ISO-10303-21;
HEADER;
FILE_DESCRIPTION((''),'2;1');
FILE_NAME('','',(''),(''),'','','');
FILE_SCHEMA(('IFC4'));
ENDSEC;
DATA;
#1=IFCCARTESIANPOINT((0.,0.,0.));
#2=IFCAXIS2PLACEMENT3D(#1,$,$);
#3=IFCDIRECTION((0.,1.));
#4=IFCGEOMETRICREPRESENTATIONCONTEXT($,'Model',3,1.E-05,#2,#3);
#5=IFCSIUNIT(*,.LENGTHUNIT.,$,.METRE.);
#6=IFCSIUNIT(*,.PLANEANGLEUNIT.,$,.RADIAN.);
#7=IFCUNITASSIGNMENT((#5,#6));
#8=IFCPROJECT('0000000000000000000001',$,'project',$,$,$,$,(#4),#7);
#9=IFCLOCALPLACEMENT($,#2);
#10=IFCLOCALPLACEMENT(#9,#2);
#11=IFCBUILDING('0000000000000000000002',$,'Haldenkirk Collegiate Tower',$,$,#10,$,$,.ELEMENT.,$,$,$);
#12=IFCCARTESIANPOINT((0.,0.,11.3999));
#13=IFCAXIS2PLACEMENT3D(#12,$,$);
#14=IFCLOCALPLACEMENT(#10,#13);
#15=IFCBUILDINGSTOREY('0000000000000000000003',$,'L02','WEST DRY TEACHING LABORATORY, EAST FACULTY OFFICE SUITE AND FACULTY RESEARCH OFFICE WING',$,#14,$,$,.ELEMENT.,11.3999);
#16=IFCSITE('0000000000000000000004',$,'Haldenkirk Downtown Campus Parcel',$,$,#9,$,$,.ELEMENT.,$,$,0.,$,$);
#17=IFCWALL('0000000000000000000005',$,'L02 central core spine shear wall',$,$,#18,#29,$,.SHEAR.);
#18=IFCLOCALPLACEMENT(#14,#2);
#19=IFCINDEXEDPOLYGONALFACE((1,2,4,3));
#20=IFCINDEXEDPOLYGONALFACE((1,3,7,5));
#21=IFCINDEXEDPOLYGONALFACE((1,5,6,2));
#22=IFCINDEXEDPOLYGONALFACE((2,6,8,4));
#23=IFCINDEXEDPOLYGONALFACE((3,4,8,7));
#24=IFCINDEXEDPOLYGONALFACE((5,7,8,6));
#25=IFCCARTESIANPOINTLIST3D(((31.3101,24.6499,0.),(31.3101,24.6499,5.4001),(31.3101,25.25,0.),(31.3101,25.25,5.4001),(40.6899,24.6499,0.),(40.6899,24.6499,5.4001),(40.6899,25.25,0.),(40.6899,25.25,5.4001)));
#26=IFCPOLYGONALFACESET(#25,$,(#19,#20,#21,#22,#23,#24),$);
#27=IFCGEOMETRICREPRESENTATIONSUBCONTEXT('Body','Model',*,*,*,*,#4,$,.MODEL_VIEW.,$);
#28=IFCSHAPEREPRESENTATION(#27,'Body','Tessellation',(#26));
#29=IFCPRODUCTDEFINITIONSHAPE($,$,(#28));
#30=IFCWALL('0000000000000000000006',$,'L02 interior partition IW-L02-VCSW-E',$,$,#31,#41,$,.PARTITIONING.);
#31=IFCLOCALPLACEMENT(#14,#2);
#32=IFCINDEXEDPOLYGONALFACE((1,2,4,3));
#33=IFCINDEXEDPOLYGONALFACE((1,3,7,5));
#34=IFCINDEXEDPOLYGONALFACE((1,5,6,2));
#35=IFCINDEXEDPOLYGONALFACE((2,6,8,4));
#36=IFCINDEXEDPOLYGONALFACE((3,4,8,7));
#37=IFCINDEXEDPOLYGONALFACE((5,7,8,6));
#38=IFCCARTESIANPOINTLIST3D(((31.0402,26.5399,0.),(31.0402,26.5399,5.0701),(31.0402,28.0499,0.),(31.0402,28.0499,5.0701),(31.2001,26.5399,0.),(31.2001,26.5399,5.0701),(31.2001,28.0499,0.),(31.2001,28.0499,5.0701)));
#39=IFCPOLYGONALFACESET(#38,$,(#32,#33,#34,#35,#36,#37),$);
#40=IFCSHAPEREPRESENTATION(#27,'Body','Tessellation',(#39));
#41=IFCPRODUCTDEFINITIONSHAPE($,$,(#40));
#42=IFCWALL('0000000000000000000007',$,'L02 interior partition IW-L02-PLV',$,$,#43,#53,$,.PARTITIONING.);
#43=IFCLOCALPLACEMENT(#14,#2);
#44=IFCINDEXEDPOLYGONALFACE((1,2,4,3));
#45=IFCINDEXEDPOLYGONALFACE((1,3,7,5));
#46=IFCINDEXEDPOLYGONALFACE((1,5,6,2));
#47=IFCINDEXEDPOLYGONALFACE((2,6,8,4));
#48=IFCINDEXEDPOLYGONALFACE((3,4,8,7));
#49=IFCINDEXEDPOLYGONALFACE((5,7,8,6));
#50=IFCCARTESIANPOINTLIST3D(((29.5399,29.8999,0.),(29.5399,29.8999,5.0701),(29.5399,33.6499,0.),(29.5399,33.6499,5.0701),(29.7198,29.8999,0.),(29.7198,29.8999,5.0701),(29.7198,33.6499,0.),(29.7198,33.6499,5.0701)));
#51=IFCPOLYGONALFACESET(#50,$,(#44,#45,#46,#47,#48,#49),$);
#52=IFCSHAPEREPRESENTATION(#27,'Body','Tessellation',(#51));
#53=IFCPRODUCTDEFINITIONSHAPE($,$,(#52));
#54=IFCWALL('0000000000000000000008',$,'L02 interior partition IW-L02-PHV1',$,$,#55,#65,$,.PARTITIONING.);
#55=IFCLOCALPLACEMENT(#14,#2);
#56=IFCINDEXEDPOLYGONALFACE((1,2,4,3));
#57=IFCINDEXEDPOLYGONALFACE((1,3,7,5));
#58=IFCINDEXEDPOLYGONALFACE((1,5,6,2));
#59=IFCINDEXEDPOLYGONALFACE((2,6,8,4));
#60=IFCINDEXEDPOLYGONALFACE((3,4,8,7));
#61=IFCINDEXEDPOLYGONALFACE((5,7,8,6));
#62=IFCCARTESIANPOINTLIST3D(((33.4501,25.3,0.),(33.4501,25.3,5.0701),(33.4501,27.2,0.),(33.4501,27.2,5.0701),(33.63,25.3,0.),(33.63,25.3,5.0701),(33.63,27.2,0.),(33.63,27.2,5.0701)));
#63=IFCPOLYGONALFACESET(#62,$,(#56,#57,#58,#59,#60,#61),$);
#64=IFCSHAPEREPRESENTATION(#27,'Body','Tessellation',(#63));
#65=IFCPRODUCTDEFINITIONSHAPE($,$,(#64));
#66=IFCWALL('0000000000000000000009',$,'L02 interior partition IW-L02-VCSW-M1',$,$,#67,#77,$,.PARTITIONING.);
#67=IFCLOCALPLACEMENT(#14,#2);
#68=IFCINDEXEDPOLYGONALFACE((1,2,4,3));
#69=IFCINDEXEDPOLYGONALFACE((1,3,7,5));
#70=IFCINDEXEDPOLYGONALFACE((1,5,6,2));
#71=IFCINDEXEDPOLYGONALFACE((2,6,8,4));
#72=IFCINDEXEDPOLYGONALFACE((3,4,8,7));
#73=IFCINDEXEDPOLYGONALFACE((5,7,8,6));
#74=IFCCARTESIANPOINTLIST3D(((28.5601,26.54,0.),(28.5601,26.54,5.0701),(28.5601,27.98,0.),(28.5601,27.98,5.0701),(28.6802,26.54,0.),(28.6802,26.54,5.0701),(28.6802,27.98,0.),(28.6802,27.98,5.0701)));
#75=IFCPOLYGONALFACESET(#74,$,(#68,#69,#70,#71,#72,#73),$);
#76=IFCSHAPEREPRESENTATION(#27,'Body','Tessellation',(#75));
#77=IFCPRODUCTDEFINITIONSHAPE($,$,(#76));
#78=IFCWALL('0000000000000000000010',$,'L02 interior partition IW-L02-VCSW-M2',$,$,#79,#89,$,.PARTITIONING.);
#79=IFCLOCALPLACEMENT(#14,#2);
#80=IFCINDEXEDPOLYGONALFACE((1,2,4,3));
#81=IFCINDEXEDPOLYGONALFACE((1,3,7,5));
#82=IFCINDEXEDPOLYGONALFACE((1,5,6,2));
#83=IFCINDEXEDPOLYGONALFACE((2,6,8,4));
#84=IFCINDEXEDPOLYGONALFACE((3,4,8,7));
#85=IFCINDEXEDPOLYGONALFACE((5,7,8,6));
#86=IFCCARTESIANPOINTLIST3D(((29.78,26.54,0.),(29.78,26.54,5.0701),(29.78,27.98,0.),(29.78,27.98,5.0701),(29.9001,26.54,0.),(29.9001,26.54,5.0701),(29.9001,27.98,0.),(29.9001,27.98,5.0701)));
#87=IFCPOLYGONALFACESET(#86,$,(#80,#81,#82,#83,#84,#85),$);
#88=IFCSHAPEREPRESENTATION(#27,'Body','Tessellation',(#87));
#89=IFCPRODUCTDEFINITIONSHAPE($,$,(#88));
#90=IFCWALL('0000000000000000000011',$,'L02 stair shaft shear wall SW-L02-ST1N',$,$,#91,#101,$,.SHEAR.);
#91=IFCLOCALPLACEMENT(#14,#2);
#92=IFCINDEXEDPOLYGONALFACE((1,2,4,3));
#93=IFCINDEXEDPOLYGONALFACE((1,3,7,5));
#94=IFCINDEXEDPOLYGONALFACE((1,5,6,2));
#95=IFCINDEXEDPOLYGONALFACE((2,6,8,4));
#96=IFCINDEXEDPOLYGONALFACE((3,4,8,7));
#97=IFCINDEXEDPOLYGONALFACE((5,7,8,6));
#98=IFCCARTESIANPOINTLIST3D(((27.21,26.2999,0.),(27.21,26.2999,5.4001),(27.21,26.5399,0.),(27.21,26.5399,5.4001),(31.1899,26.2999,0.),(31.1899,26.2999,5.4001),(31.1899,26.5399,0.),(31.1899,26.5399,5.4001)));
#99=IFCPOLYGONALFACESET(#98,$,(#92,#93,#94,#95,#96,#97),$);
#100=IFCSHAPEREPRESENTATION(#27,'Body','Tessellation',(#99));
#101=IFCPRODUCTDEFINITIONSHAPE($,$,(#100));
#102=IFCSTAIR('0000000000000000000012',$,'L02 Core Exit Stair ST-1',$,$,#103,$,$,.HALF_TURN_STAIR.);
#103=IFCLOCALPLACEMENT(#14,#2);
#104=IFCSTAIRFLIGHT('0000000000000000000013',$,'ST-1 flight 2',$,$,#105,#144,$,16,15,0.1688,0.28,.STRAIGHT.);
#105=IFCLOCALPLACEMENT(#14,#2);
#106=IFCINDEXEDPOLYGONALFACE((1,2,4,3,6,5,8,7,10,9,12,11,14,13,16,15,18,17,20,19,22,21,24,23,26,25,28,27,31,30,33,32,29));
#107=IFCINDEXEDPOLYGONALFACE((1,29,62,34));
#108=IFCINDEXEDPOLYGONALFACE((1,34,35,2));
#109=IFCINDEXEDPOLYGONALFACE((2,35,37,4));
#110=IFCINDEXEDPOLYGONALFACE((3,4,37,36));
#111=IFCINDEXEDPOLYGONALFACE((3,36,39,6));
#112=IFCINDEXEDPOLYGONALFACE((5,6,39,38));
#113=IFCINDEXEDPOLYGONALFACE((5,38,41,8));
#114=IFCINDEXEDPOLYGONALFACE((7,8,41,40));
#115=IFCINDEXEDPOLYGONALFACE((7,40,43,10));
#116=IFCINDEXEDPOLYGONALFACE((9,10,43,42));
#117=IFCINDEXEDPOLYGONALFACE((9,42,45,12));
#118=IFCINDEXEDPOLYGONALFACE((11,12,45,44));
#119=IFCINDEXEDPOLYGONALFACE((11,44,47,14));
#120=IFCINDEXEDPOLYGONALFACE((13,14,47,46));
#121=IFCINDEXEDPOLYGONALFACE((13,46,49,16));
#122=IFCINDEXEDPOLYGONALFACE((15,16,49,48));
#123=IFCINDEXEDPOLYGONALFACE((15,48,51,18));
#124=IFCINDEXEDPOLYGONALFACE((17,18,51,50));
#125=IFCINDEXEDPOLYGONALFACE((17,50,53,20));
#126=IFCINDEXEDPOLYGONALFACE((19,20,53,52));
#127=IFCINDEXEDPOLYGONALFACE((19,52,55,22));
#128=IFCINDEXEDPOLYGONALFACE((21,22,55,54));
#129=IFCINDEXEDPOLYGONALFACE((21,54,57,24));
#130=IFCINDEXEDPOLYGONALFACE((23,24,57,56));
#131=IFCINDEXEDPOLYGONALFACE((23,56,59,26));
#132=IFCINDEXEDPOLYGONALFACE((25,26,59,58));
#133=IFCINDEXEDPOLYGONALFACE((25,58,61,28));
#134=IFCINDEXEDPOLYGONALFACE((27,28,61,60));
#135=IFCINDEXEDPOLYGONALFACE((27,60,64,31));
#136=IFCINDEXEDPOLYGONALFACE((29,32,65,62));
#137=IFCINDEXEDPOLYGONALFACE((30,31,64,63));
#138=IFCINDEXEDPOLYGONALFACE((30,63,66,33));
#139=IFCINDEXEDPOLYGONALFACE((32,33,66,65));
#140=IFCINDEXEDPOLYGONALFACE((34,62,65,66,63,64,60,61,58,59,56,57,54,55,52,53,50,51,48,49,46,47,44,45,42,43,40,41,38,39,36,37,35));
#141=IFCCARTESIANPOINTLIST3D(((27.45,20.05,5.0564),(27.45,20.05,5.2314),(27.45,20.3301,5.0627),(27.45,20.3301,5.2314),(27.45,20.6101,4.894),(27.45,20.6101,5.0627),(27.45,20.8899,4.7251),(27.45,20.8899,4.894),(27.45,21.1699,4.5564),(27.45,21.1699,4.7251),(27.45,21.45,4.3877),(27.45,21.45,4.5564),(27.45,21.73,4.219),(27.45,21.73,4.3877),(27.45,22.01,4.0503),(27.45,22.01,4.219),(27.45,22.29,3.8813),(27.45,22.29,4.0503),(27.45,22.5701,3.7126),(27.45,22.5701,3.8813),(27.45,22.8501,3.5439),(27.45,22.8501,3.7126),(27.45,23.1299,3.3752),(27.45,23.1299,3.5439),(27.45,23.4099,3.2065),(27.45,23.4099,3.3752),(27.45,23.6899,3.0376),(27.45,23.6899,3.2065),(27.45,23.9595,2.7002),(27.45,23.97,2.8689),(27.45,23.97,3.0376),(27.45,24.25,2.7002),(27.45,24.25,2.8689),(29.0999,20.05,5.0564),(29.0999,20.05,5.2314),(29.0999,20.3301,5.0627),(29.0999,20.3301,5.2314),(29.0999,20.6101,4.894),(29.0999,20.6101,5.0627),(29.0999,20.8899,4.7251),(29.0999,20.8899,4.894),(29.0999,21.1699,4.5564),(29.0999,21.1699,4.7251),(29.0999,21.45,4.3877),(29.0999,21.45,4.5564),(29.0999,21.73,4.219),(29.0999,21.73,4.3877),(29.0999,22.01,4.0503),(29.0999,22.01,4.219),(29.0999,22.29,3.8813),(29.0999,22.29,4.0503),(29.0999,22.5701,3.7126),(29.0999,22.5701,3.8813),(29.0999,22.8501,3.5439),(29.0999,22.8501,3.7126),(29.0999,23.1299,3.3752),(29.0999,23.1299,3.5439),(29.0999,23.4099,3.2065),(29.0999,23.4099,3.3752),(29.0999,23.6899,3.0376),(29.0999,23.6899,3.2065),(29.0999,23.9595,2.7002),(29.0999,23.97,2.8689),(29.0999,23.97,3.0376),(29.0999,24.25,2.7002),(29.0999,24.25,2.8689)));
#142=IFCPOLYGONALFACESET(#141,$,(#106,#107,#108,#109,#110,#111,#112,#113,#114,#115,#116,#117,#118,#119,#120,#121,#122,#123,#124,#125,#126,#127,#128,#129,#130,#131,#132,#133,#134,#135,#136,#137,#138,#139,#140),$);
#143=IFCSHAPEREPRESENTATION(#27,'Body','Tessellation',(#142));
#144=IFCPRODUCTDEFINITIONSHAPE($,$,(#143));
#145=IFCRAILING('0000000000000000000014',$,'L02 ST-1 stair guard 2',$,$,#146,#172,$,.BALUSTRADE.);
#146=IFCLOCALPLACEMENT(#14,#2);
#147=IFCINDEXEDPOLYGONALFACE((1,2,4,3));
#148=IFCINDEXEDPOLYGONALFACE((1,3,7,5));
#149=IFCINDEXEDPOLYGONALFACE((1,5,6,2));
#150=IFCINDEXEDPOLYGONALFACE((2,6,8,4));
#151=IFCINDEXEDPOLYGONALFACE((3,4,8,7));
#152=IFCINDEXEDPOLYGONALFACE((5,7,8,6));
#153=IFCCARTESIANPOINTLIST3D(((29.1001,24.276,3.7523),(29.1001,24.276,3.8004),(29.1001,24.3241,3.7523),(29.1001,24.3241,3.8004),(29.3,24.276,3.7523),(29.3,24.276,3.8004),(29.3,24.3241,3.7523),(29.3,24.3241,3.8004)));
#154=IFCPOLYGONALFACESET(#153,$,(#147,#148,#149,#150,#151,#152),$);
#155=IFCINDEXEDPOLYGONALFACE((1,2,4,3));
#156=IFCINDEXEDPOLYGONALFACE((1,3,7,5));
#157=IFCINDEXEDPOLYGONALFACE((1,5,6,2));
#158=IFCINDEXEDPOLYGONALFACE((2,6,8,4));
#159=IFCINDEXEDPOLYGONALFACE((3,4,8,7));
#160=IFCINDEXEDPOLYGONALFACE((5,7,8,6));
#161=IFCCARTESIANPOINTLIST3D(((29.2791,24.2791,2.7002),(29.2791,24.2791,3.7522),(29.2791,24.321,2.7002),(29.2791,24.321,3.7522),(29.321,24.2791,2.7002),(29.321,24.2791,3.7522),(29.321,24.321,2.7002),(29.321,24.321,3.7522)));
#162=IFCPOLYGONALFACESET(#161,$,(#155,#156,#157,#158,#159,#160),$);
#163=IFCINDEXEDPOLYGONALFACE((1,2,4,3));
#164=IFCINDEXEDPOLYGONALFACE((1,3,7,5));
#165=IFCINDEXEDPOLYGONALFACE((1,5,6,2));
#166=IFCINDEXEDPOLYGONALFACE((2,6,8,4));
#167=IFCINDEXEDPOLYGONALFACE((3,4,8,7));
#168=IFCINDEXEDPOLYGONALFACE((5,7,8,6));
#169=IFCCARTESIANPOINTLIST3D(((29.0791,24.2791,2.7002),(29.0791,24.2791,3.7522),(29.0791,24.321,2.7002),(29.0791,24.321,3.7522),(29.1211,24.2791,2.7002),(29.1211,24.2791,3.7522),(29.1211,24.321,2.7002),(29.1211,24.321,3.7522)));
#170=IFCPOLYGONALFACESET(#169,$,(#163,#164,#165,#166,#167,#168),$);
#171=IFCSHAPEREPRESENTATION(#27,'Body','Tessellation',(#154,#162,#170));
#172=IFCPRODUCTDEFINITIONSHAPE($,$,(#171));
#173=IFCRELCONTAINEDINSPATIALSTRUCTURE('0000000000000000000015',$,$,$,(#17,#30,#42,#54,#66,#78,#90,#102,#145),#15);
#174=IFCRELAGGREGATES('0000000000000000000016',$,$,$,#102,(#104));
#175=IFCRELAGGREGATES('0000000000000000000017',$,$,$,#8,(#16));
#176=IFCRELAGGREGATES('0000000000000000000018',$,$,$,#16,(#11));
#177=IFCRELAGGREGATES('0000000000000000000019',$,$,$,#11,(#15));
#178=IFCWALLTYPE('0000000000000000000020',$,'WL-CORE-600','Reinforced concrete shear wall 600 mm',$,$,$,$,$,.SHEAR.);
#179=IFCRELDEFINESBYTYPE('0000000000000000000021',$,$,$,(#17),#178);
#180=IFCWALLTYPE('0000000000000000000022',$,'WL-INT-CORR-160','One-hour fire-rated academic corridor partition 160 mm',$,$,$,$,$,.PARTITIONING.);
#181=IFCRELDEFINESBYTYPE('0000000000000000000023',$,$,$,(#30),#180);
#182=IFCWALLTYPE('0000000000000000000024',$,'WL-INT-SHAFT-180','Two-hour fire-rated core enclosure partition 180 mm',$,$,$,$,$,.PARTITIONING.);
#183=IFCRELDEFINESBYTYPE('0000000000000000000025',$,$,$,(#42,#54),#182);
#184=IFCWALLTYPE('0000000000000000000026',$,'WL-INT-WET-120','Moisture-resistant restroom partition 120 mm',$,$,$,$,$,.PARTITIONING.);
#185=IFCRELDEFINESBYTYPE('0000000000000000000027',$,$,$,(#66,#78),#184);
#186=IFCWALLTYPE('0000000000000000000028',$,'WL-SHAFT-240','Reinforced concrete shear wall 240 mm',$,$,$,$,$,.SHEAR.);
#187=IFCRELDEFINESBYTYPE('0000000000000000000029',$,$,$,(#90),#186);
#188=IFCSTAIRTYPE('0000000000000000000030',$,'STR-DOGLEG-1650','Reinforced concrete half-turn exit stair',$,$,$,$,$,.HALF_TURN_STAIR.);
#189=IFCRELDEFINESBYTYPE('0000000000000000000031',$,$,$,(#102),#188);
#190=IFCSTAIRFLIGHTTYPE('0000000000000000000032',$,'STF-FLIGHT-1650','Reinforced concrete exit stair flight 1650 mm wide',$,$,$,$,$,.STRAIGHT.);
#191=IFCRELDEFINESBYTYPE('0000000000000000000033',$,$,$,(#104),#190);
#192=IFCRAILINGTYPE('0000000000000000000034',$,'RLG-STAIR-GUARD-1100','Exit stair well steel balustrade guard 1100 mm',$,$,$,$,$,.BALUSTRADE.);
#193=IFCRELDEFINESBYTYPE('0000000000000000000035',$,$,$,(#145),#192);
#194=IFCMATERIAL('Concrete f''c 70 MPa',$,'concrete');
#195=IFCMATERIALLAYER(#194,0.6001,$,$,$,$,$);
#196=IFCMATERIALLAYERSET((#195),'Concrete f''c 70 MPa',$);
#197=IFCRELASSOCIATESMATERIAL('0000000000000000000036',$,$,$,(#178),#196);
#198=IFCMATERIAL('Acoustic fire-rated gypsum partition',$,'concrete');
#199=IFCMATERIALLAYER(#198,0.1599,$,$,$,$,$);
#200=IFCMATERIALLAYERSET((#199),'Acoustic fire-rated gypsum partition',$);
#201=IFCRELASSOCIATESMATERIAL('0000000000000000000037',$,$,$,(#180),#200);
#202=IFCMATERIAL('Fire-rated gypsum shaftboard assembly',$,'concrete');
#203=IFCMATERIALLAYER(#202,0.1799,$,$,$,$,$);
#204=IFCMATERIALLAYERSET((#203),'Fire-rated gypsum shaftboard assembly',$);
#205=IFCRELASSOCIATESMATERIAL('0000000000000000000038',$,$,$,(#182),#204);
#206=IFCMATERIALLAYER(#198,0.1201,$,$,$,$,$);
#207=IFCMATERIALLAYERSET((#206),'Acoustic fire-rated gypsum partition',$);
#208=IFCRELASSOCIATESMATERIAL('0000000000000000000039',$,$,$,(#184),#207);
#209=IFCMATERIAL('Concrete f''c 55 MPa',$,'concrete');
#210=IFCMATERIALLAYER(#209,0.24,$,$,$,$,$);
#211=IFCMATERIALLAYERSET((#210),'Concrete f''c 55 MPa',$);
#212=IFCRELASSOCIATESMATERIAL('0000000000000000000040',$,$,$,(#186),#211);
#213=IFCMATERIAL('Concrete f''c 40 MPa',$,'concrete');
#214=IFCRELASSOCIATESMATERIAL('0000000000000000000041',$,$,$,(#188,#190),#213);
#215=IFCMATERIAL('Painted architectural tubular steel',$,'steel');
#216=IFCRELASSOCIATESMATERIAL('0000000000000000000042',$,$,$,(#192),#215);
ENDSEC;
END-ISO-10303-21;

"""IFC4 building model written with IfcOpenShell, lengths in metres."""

from ifc_helpers import new_model, si_unit, direction, frame, frame_2d, origin, origin_2d, place, context, subcontext, project, spatial, polyline, rectangle, outline, extrude, material, layer, layer_set, type_object, element, aggregate, save


model = new_model("IFC4")

# Units and contexts
model_context = context("Model", 3, precision=1e-05, world=origin(), true_north=direction((0.0, 1.0)))
body_context = subcontext(model_context, "Body", "Model", "MODEL_VIEW")
ifc_project = project(units=[si_unit("LENGTHUNIT", "METRE"), si_unit("PLANEANGLEUNIT", "RADIAN")], contexts=[model_context])

# Site, building, storey
site_placement = place(None, origin())
site = spatial("IfcSite", under=ifc_project, at=site_placement, Name="Haldenkirk Downtown Campus Parcel", CompositionType="ELEMENT", RefElevation=0.0)
building_placement = place(site_placement, origin())
building = spatial("IfcBuilding", under=site, at=building_placement, Name="Haldenkirk Collegiate Tower", CompositionType="ELEMENT")
storey_placement = place(building_placement, frame((0.0, 0.0, 11.3999)))
storey = spatial("IfcBuildingStorey", under=building, at=storey_placement, Name="L02", Description="WEST DRY TEACHING LABORATORY, EAST FACULTY OFFICE SUITE AND FACULTY RESEARCH OFFICE WING", CompositionType="ELEMENT", Elevation=11.3999)

# Wall
ifc_material_1 = material(Name="Concrete f'c 70 MPa", Category="concrete")
ifc_layer_1 = layer(ifc_material_1, 0.6001)
ifc_layer_set_1 = layer_set([ifc_layer_1], Name="Concrete f'c 70 MPa")
wall_type_1 = type_object("IfcWallType", Name="WL-CORE-600", Description="Reinforced concrete shear wall 600 mm", PredefinedType="SHEAR", material=ifc_layer_set_1)
wall_1_placement = place(storey_placement, frame((31.3101, 24.95, 0.0), z_axis=(0.0, 0.0, 1.0), x_axis=(1.0, 0.0, 0.0)))
element("IfcWall", 1, at=wall_1_placement, inside=storey, type_object=wall_type_1, Name="L02 central core spine shear wall", PredefinedType="SHEAR", context=body_context, shape_type="SweptSolid", body=[
    extrude(rectangle(XDim=9.3799, YDim=0.6001, at=frame_2d((4.6899, 0.0))), origin(), (0.0, 0.0, 1.0), 5.4001),
])

# Shared definitions
ifc_material_2 = material(Name="Acoustic fire-rated gypsum partition", Category="concrete")
ifc_layer_2 = layer(ifc_material_2, 0.1599)
ifc_layer_set_2 = layer_set([ifc_layer_2], Name="Acoustic fire-rated gypsum partition")
wall_type_2 = type_object("IfcWallType", Name="WL-INT-CORR-160", Description="One-hour fire-rated academic corridor partition 160 mm", PredefinedType="PARTITIONING", material=ifc_layer_set_2)

# Wall
wall_2_placement = place(storey_placement, frame((31.1201, 26.54, 0.0), z_axis=(0.0, 0.0, 1.0), x_axis=(0.0, 1.0, 0.0)))
element("IfcWall", 2, at=wall_2_placement, inside=storey, type_object=wall_type_2, Name="L02 interior partition IW-L02-VCSW-E", PredefinedType="PARTITIONING", context=body_context, shape_type="SweptSolid", body=[
    extrude(rectangle(XDim=1.51, YDim=0.1599, at=frame_2d((0.7549, 0.0))), origin(), (0.0, 0.0, 1.0), 5.0701),
])

# Shared definitions
ifc_material_3 = material(Name="Fire-rated gypsum shaftboard assembly", Category="concrete")
ifc_layer_3 = layer(ifc_material_3, 0.1799)
ifc_layer_set_3 = layer_set([ifc_layer_3], Name="Fire-rated gypsum shaftboard assembly")
wall_type_3 = type_object("IfcWallType", Name="WL-INT-SHAFT-180", Description="Two-hour fire-rated core enclosure partition 180 mm", PredefinedType="PARTITIONING", material=ifc_layer_set_3)

# Wall
wall_3_placement = place(storey_placement, frame((29.6299, 29.8999, 0.0), z_axis=(0.0, 0.0, 1.0), x_axis=(0.0, 1.0, 0.0)))
element("IfcWall", 3, at=wall_3_placement, inside=storey, type_object=wall_type_3, Name="L02 interior partition IW-L02-PLV", PredefinedType="PARTITIONING", context=body_context, shape_type="SweptSolid", body=[
    extrude(rectangle(XDim=3.75, YDim=0.1799, at=frame_2d((1.875, 0.0))), origin(), (0.0, 0.0, 1.0), 5.0701),
])

# Walls
wall_4_placement = place(storey_placement, frame((33.54, 25.3, 0.0), z_axis=(0.0, 0.0, 1.0), x_axis=(0.0, 1.0, 0.0)))
element("IfcWall", 4, at=wall_4_placement, inside=storey, type_object=wall_type_3, Name="L02 interior partition IW-L02-PHV1", PredefinedType="PARTITIONING", context=body_context, shape_type="SweptSolid", body=[
    extrude(rectangle(XDim=1.8999, YDim=0.1799, at=frame_2d((0.95, 0.0))), origin(), (0.0, 0.0, 1.0), 5.0701),
])
ifc_layer_4 = layer(ifc_material_2, 0.1201)
ifc_layer_set_4 = layer_set([ifc_layer_4], Name="Acoustic fire-rated gypsum partition")
wall_type_4 = type_object("IfcWallType", Name="WL-INT-WET-120", Description="Moisture-resistant restroom partition 120 mm", PredefinedType="PARTITIONING", material=ifc_layer_set_4)
for number, where, z_axis, x_axis, name in (
    (5, (28.6201, 26.54, 0.0), (0.0, 0.0, 1.0), (0.0, 1.0, 0.0), "L02 interior partition IW-L02-VCSW-M1"),
    (6, (29.8401, 26.54, 0.0), (0.0, 0.0, 1.0), (0.0, 1.0, 0.0), "L02 interior partition IW-L02-VCSW-M2"),
):
    element("IfcWall", number, at=place(storey_placement, frame(where, z_axis=z_axis, x_axis=x_axis)), inside=storey, type_object=wall_type_4, Name=name, PredefinedType="PARTITIONING", context=body_context, shape_type="SweptSolid", body=[
        extrude(rectangle(XDim=1.4399, YDim=0.1201, at=frame_2d((0.72, 0.0))), origin(), (0.0, 0.0, 1.0), 5.0701),
    ])
ifc_material_4 = material(Name="Concrete f'c 55 MPa", Category="concrete")
ifc_layer_5 = layer(ifc_material_4, 0.24)
ifc_layer_set_5 = layer_set([ifc_layer_5], Name="Concrete f'c 55 MPa")
wall_type_5 = type_object("IfcWallType", Name="WL-SHAFT-240", Description="Reinforced concrete shear wall 240 mm", PredefinedType="SHEAR", material=ifc_layer_set_5)
wall_5_placement = place(storey_placement, frame((27.21, 26.4199, 0.0), z_axis=(0.0, 0.0, 1.0), x_axis=(1.0, 0.0, 0.0)))
element("IfcWall", 7, at=wall_5_placement, inside=storey, type_object=wall_type_5, Name="L02 stair shaft shear wall SW-L02-ST1N", PredefinedType="SHEAR", context=body_context, shape_type="SweptSolid", body=[
    extrude(rectangle(XDim=3.98, YDim=0.24, at=frame_2d((1.99, 0.0))), origin(), (0.0, 0.0, 1.0), 5.4001),
])

# Stair, stair flight
ifc_material_5 = material(Name="Concrete f'c 40 MPa", Category="concrete")
stair_type = type_object("IfcStairType", Name="STR-DOGLEG-1650", Description="Reinforced concrete half-turn exit stair", PredefinedType="HALF_TURN_STAIR", material=ifc_material_5)
stair_placement = place(storey_placement, origin())
stair = element("IfcStair", 8, at=stair_placement, inside=storey, type_object=stair_type, Name="L02 Core Exit Stair ST-1", PredefinedType="HALF_TURN_STAIR")
stair_flight_type = type_object("IfcStairFlightType", Name="STF-FLIGHT-1650", Description="Reinforced concrete exit stair flight 1650 mm wide", PredefinedType="STRAIGHT", material=ifc_material_5)
stair_flight_placement = place(storey_placement, frame((28.2749, 24.25, 2.7002), z_axis=(0.0, 0.0, 1.0), x_axis=(0.0, -1.0, 0.0)))
stair_flight = element("IfcStairFlight", 9, at=stair_flight_placement, type_object=stair_flight_type, Name="ST-1 flight 2", NumberOfRisers=16, NumberOfTreads=15, PredefinedType="STRAIGHT", RiserHeight=0.1688, TreadLength=0.28, context=body_context, shape_type="SweptSolid", body=[
    extrude(outline(polyline([(0.0, 0.0), (0.0, 0.1687), (0.28, 0.1687), (0.28, 0.3374), (0.5601, 0.3374), (0.5601, 0.5063), (0.8401, 0.5063), (0.8401, 0.675), (1.1201, 0.675), (1.1201, 0.8438), (1.3999, 0.8438), (1.3999, 1.0125), (1.6799, 1.0125), (1.6799, 1.1812), (1.96, 1.1812), (1.96, 1.3501), (2.24, 1.3501), (2.24, 1.5188), (2.52, 1.5188), (2.52, 1.6875), (2.8, 1.6875), (2.8, 1.8562), (3.0801, 1.8562), (3.0801, 2.0249), (3.3601, 2.0249), (3.3601, 2.1938), (3.6399, 2.1938), (3.6399, 2.3625), (3.9199, 2.3625), (3.9199, 2.5312), (4.2, 2.5312), (4.2, 2.7), (4.2, 2.3562), (0.2905, 0.0), (0.0, 0.0)])), frame((0.0, 0.825, 0.0), z_axis=(0.0, -1.0, 0.0), x_axis=(1.0, 0.0, 0.0)), (0.0, 0.0, 1.0), 1.6499),
])
aggregate(stair, [stair_flight])

# Railing
ifc_material_6 = material(Name="Painted architectural tubular steel", Category="steel")
railing_type_1 = type_object("IfcRailingType", Name="RLG-STAIR-GUARD-1100", Description="Exit stair well steel balustrade guard 1100 mm", PredefinedType="BALUSTRADE", material=ifc_material_6)
railing_1_placement = place(storey_placement, frame((29.3, 24.3, 2.7002)))
element("IfcRailing", 10, at=railing_1_placement, inside=storey, type_object=railing_type_1, Name="L02 ST-1 stair guard 2", PredefinedType="BALUSTRADE", context=body_context, shape_type="SweptSolid", body=[
    extrude(rectangle(XDim=0.0481, YDim=0.0481, at=origin_2d()), frame((0.0, 0.0, 1.0762), z_axis=(-1.0, 0.0, 0.0), x_axis=(0.0, -1.0, 0.0)), (0.0, 0.0, 1.0), 0.2),
    extrude(rectangle(XDim=0.042, YDim=0.042, at=origin_2d()), origin(), (0.0, 0.0, 1.0), 1.052),
    extrude(rectangle(XDim=0.042, YDim=0.042, at=origin_2d()), frame((-0.2, 0.0, 0.0)), (0.0, 0.0, 1.0), 1.052),
])

save(model, "model.ifc")
